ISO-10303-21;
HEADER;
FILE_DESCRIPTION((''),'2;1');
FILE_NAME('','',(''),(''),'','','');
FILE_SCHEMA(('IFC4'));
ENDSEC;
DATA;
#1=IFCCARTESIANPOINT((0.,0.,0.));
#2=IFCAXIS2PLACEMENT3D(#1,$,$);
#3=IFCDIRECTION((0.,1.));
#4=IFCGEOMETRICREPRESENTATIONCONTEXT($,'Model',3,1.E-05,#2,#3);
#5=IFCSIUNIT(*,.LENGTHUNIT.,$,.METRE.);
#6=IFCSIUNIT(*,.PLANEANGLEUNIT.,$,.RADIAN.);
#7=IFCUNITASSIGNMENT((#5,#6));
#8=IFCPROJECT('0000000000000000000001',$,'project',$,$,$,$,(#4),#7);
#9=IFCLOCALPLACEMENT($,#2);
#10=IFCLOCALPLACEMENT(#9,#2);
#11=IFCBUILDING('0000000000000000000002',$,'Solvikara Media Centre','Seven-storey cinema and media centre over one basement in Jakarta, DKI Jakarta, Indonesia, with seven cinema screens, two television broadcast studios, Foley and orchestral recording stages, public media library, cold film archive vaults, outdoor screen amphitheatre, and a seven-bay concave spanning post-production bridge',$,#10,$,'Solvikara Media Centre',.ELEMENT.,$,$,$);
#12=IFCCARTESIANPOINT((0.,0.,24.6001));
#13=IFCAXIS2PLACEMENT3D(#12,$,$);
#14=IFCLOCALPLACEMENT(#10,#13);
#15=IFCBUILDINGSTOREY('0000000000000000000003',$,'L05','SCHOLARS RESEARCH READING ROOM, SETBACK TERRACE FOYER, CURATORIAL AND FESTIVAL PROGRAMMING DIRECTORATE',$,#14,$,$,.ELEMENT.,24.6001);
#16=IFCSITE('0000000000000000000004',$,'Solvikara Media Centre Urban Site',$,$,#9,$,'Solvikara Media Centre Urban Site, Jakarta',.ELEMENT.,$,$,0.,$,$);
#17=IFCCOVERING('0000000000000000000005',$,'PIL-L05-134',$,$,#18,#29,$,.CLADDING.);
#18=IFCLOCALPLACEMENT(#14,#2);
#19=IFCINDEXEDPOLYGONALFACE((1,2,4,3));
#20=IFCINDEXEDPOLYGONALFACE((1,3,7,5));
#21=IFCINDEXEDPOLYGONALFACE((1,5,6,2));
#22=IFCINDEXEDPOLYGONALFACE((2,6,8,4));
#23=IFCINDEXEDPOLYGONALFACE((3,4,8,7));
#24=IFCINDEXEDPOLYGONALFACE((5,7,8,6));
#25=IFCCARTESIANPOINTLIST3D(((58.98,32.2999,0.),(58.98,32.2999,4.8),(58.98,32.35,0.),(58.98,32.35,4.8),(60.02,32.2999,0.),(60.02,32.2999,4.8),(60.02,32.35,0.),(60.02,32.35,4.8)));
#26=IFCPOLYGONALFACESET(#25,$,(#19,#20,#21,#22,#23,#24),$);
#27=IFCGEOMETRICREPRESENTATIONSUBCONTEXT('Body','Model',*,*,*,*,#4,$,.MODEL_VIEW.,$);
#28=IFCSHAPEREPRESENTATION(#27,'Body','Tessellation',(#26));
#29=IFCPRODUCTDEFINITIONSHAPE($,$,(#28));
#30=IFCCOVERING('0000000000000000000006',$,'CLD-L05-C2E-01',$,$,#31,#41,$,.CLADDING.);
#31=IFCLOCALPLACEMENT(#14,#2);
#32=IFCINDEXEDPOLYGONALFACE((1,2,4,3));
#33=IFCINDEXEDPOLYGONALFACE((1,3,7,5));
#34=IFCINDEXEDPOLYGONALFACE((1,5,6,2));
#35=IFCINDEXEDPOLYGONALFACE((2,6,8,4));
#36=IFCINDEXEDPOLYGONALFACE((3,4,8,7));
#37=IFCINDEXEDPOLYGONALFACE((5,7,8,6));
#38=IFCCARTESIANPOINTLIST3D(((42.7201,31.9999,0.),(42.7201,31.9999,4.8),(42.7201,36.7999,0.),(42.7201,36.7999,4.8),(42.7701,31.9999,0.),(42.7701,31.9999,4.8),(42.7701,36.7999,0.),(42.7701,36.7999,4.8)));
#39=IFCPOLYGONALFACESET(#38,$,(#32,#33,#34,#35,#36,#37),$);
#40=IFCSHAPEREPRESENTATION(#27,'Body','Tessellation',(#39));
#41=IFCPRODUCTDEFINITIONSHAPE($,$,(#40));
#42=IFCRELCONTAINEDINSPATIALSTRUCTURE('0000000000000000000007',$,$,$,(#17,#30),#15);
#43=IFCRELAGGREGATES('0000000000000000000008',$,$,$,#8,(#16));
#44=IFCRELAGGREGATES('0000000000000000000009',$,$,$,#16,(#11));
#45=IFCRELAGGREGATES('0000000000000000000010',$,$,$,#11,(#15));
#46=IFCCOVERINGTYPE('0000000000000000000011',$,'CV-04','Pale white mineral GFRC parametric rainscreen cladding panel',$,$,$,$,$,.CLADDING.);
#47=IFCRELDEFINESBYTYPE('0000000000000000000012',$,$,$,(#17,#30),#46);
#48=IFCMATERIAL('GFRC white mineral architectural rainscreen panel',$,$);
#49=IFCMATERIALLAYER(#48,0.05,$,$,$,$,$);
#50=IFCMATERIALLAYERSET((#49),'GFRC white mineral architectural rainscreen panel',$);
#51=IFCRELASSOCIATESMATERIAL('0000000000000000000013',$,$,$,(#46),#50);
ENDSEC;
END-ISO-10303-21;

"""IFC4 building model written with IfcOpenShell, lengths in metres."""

from ifc_helpers import new_model, si_unit, direction, frame, origin, origin_2d, place, context, subcontext, project, spatial, rectangle, extrude, material, layer, layer_set, type_object, element, save


model = new_model("IFC4")

# Units and contexts
model_context = context("Model", 3, precision=1e-05, world=origin(), true_north=direction((0.0, 1.0)))
body_context = subcontext(model_context, "Body", "Model", "MODEL_VIEW")
ifc_project = project(units=[si_unit("LENGTHUNIT", "METRE"), si_unit("PLANEANGLEUNIT", "RADIAN")], contexts=[model_context])

# Site, building, storey
site_placement = place(None, origin())
site = spatial("IfcSite", under=ifc_project, at=site_placement, Name="Solvikara Media Centre Urban Site", LongName="Solvikara Media Centre Urban Site, Jakarta", CompositionType="ELEMENT", RefElevation=0.0)
building_placement = place(site_placement, origin())
building = spatial("IfcBuilding", under=site, at=building_placement, Name="Solvikara Media Centre", Description="Seven-storey cinema and media centre over one basement in Jakarta, DKI Jakarta, Indonesia, with seven cinema screens, two television broadcast studios, Foley and orchestral recording stages, public media library, cold film archive vaults, outdoor screen amphitheatre, and a seven-bay concave spanning post-production bridge", LongName="Solvikara Media Centre", CompositionType="ELEMENT")
storey_placement = place(building_placement, frame((0.0, 0.0, 24.6001)))
storey = spatial("IfcBuildingStorey", under=building, at=storey_placement, Name="L05", Description="SCHOLARS RESEARCH READING ROOM, SETBACK TERRACE FOYER, CURATORIAL AND FESTIVAL PROGRAMMING DIRECTORATE", CompositionType="ELEMENT", Elevation=24.6001)

# Coverings
ifc_material_1 = material(Name="GFRC white mineral architectural rainscreen panel")
ifc_layer_1 = layer(ifc_material_1, 0.05)
ifc_layer_set_1 = layer_set([ifc_layer_1], Name="GFRC white mineral architectural rainscreen panel")
covering_type_1 = type_object("IfcCoveringType", Name="CV-04", Description="Pale white mineral GFRC parametric rainscreen cladding panel", PredefinedType="CLADDING", material=ifc_layer_set_1)
for number, where, z_axis, x_axis, name in (
    (1, (59.5, 32.325, 0.0), (0.0, 0.0, 1.0), (-1.0, 0.0, 0.0), "PIL-L05-134"),
):
    element("IfcCovering", number, at=place(storey_placement, frame(where, z_axis=z_axis, x_axis=x_axis)), inside=storey, type_object=covering_type_1, Name=name, PredefinedType="CLADDING", context=body_context, shape_type="SweptSolid", body=[
        extrude(rectangle(XDim=1.04, YDim=0.05, at=origin_2d()), origin(), (0.0, 0.0, 1.0), 4.8),
    ])
covering_1_placement = place(storey_placement, frame((42.7451, 34.3999, 0.0), z_axis=(0.0, 0.0, 1.0), x_axis=(0.0, 1.0, 0.0)))
element("IfcCovering", 2, at=covering_1_placement, inside=storey, type_object=covering_type_1, Name="CLD-L05-C2E-01", PredefinedType="CLADDING", context=body_context, shape_type="SweptSolid", body=[
    extrude(rectangle(XDim=4.8, YDim=0.05, at=origin_2d()), origin(), (0.0, 0.0, 1.0), 4.8),
])

save(model, "model.ifc")
